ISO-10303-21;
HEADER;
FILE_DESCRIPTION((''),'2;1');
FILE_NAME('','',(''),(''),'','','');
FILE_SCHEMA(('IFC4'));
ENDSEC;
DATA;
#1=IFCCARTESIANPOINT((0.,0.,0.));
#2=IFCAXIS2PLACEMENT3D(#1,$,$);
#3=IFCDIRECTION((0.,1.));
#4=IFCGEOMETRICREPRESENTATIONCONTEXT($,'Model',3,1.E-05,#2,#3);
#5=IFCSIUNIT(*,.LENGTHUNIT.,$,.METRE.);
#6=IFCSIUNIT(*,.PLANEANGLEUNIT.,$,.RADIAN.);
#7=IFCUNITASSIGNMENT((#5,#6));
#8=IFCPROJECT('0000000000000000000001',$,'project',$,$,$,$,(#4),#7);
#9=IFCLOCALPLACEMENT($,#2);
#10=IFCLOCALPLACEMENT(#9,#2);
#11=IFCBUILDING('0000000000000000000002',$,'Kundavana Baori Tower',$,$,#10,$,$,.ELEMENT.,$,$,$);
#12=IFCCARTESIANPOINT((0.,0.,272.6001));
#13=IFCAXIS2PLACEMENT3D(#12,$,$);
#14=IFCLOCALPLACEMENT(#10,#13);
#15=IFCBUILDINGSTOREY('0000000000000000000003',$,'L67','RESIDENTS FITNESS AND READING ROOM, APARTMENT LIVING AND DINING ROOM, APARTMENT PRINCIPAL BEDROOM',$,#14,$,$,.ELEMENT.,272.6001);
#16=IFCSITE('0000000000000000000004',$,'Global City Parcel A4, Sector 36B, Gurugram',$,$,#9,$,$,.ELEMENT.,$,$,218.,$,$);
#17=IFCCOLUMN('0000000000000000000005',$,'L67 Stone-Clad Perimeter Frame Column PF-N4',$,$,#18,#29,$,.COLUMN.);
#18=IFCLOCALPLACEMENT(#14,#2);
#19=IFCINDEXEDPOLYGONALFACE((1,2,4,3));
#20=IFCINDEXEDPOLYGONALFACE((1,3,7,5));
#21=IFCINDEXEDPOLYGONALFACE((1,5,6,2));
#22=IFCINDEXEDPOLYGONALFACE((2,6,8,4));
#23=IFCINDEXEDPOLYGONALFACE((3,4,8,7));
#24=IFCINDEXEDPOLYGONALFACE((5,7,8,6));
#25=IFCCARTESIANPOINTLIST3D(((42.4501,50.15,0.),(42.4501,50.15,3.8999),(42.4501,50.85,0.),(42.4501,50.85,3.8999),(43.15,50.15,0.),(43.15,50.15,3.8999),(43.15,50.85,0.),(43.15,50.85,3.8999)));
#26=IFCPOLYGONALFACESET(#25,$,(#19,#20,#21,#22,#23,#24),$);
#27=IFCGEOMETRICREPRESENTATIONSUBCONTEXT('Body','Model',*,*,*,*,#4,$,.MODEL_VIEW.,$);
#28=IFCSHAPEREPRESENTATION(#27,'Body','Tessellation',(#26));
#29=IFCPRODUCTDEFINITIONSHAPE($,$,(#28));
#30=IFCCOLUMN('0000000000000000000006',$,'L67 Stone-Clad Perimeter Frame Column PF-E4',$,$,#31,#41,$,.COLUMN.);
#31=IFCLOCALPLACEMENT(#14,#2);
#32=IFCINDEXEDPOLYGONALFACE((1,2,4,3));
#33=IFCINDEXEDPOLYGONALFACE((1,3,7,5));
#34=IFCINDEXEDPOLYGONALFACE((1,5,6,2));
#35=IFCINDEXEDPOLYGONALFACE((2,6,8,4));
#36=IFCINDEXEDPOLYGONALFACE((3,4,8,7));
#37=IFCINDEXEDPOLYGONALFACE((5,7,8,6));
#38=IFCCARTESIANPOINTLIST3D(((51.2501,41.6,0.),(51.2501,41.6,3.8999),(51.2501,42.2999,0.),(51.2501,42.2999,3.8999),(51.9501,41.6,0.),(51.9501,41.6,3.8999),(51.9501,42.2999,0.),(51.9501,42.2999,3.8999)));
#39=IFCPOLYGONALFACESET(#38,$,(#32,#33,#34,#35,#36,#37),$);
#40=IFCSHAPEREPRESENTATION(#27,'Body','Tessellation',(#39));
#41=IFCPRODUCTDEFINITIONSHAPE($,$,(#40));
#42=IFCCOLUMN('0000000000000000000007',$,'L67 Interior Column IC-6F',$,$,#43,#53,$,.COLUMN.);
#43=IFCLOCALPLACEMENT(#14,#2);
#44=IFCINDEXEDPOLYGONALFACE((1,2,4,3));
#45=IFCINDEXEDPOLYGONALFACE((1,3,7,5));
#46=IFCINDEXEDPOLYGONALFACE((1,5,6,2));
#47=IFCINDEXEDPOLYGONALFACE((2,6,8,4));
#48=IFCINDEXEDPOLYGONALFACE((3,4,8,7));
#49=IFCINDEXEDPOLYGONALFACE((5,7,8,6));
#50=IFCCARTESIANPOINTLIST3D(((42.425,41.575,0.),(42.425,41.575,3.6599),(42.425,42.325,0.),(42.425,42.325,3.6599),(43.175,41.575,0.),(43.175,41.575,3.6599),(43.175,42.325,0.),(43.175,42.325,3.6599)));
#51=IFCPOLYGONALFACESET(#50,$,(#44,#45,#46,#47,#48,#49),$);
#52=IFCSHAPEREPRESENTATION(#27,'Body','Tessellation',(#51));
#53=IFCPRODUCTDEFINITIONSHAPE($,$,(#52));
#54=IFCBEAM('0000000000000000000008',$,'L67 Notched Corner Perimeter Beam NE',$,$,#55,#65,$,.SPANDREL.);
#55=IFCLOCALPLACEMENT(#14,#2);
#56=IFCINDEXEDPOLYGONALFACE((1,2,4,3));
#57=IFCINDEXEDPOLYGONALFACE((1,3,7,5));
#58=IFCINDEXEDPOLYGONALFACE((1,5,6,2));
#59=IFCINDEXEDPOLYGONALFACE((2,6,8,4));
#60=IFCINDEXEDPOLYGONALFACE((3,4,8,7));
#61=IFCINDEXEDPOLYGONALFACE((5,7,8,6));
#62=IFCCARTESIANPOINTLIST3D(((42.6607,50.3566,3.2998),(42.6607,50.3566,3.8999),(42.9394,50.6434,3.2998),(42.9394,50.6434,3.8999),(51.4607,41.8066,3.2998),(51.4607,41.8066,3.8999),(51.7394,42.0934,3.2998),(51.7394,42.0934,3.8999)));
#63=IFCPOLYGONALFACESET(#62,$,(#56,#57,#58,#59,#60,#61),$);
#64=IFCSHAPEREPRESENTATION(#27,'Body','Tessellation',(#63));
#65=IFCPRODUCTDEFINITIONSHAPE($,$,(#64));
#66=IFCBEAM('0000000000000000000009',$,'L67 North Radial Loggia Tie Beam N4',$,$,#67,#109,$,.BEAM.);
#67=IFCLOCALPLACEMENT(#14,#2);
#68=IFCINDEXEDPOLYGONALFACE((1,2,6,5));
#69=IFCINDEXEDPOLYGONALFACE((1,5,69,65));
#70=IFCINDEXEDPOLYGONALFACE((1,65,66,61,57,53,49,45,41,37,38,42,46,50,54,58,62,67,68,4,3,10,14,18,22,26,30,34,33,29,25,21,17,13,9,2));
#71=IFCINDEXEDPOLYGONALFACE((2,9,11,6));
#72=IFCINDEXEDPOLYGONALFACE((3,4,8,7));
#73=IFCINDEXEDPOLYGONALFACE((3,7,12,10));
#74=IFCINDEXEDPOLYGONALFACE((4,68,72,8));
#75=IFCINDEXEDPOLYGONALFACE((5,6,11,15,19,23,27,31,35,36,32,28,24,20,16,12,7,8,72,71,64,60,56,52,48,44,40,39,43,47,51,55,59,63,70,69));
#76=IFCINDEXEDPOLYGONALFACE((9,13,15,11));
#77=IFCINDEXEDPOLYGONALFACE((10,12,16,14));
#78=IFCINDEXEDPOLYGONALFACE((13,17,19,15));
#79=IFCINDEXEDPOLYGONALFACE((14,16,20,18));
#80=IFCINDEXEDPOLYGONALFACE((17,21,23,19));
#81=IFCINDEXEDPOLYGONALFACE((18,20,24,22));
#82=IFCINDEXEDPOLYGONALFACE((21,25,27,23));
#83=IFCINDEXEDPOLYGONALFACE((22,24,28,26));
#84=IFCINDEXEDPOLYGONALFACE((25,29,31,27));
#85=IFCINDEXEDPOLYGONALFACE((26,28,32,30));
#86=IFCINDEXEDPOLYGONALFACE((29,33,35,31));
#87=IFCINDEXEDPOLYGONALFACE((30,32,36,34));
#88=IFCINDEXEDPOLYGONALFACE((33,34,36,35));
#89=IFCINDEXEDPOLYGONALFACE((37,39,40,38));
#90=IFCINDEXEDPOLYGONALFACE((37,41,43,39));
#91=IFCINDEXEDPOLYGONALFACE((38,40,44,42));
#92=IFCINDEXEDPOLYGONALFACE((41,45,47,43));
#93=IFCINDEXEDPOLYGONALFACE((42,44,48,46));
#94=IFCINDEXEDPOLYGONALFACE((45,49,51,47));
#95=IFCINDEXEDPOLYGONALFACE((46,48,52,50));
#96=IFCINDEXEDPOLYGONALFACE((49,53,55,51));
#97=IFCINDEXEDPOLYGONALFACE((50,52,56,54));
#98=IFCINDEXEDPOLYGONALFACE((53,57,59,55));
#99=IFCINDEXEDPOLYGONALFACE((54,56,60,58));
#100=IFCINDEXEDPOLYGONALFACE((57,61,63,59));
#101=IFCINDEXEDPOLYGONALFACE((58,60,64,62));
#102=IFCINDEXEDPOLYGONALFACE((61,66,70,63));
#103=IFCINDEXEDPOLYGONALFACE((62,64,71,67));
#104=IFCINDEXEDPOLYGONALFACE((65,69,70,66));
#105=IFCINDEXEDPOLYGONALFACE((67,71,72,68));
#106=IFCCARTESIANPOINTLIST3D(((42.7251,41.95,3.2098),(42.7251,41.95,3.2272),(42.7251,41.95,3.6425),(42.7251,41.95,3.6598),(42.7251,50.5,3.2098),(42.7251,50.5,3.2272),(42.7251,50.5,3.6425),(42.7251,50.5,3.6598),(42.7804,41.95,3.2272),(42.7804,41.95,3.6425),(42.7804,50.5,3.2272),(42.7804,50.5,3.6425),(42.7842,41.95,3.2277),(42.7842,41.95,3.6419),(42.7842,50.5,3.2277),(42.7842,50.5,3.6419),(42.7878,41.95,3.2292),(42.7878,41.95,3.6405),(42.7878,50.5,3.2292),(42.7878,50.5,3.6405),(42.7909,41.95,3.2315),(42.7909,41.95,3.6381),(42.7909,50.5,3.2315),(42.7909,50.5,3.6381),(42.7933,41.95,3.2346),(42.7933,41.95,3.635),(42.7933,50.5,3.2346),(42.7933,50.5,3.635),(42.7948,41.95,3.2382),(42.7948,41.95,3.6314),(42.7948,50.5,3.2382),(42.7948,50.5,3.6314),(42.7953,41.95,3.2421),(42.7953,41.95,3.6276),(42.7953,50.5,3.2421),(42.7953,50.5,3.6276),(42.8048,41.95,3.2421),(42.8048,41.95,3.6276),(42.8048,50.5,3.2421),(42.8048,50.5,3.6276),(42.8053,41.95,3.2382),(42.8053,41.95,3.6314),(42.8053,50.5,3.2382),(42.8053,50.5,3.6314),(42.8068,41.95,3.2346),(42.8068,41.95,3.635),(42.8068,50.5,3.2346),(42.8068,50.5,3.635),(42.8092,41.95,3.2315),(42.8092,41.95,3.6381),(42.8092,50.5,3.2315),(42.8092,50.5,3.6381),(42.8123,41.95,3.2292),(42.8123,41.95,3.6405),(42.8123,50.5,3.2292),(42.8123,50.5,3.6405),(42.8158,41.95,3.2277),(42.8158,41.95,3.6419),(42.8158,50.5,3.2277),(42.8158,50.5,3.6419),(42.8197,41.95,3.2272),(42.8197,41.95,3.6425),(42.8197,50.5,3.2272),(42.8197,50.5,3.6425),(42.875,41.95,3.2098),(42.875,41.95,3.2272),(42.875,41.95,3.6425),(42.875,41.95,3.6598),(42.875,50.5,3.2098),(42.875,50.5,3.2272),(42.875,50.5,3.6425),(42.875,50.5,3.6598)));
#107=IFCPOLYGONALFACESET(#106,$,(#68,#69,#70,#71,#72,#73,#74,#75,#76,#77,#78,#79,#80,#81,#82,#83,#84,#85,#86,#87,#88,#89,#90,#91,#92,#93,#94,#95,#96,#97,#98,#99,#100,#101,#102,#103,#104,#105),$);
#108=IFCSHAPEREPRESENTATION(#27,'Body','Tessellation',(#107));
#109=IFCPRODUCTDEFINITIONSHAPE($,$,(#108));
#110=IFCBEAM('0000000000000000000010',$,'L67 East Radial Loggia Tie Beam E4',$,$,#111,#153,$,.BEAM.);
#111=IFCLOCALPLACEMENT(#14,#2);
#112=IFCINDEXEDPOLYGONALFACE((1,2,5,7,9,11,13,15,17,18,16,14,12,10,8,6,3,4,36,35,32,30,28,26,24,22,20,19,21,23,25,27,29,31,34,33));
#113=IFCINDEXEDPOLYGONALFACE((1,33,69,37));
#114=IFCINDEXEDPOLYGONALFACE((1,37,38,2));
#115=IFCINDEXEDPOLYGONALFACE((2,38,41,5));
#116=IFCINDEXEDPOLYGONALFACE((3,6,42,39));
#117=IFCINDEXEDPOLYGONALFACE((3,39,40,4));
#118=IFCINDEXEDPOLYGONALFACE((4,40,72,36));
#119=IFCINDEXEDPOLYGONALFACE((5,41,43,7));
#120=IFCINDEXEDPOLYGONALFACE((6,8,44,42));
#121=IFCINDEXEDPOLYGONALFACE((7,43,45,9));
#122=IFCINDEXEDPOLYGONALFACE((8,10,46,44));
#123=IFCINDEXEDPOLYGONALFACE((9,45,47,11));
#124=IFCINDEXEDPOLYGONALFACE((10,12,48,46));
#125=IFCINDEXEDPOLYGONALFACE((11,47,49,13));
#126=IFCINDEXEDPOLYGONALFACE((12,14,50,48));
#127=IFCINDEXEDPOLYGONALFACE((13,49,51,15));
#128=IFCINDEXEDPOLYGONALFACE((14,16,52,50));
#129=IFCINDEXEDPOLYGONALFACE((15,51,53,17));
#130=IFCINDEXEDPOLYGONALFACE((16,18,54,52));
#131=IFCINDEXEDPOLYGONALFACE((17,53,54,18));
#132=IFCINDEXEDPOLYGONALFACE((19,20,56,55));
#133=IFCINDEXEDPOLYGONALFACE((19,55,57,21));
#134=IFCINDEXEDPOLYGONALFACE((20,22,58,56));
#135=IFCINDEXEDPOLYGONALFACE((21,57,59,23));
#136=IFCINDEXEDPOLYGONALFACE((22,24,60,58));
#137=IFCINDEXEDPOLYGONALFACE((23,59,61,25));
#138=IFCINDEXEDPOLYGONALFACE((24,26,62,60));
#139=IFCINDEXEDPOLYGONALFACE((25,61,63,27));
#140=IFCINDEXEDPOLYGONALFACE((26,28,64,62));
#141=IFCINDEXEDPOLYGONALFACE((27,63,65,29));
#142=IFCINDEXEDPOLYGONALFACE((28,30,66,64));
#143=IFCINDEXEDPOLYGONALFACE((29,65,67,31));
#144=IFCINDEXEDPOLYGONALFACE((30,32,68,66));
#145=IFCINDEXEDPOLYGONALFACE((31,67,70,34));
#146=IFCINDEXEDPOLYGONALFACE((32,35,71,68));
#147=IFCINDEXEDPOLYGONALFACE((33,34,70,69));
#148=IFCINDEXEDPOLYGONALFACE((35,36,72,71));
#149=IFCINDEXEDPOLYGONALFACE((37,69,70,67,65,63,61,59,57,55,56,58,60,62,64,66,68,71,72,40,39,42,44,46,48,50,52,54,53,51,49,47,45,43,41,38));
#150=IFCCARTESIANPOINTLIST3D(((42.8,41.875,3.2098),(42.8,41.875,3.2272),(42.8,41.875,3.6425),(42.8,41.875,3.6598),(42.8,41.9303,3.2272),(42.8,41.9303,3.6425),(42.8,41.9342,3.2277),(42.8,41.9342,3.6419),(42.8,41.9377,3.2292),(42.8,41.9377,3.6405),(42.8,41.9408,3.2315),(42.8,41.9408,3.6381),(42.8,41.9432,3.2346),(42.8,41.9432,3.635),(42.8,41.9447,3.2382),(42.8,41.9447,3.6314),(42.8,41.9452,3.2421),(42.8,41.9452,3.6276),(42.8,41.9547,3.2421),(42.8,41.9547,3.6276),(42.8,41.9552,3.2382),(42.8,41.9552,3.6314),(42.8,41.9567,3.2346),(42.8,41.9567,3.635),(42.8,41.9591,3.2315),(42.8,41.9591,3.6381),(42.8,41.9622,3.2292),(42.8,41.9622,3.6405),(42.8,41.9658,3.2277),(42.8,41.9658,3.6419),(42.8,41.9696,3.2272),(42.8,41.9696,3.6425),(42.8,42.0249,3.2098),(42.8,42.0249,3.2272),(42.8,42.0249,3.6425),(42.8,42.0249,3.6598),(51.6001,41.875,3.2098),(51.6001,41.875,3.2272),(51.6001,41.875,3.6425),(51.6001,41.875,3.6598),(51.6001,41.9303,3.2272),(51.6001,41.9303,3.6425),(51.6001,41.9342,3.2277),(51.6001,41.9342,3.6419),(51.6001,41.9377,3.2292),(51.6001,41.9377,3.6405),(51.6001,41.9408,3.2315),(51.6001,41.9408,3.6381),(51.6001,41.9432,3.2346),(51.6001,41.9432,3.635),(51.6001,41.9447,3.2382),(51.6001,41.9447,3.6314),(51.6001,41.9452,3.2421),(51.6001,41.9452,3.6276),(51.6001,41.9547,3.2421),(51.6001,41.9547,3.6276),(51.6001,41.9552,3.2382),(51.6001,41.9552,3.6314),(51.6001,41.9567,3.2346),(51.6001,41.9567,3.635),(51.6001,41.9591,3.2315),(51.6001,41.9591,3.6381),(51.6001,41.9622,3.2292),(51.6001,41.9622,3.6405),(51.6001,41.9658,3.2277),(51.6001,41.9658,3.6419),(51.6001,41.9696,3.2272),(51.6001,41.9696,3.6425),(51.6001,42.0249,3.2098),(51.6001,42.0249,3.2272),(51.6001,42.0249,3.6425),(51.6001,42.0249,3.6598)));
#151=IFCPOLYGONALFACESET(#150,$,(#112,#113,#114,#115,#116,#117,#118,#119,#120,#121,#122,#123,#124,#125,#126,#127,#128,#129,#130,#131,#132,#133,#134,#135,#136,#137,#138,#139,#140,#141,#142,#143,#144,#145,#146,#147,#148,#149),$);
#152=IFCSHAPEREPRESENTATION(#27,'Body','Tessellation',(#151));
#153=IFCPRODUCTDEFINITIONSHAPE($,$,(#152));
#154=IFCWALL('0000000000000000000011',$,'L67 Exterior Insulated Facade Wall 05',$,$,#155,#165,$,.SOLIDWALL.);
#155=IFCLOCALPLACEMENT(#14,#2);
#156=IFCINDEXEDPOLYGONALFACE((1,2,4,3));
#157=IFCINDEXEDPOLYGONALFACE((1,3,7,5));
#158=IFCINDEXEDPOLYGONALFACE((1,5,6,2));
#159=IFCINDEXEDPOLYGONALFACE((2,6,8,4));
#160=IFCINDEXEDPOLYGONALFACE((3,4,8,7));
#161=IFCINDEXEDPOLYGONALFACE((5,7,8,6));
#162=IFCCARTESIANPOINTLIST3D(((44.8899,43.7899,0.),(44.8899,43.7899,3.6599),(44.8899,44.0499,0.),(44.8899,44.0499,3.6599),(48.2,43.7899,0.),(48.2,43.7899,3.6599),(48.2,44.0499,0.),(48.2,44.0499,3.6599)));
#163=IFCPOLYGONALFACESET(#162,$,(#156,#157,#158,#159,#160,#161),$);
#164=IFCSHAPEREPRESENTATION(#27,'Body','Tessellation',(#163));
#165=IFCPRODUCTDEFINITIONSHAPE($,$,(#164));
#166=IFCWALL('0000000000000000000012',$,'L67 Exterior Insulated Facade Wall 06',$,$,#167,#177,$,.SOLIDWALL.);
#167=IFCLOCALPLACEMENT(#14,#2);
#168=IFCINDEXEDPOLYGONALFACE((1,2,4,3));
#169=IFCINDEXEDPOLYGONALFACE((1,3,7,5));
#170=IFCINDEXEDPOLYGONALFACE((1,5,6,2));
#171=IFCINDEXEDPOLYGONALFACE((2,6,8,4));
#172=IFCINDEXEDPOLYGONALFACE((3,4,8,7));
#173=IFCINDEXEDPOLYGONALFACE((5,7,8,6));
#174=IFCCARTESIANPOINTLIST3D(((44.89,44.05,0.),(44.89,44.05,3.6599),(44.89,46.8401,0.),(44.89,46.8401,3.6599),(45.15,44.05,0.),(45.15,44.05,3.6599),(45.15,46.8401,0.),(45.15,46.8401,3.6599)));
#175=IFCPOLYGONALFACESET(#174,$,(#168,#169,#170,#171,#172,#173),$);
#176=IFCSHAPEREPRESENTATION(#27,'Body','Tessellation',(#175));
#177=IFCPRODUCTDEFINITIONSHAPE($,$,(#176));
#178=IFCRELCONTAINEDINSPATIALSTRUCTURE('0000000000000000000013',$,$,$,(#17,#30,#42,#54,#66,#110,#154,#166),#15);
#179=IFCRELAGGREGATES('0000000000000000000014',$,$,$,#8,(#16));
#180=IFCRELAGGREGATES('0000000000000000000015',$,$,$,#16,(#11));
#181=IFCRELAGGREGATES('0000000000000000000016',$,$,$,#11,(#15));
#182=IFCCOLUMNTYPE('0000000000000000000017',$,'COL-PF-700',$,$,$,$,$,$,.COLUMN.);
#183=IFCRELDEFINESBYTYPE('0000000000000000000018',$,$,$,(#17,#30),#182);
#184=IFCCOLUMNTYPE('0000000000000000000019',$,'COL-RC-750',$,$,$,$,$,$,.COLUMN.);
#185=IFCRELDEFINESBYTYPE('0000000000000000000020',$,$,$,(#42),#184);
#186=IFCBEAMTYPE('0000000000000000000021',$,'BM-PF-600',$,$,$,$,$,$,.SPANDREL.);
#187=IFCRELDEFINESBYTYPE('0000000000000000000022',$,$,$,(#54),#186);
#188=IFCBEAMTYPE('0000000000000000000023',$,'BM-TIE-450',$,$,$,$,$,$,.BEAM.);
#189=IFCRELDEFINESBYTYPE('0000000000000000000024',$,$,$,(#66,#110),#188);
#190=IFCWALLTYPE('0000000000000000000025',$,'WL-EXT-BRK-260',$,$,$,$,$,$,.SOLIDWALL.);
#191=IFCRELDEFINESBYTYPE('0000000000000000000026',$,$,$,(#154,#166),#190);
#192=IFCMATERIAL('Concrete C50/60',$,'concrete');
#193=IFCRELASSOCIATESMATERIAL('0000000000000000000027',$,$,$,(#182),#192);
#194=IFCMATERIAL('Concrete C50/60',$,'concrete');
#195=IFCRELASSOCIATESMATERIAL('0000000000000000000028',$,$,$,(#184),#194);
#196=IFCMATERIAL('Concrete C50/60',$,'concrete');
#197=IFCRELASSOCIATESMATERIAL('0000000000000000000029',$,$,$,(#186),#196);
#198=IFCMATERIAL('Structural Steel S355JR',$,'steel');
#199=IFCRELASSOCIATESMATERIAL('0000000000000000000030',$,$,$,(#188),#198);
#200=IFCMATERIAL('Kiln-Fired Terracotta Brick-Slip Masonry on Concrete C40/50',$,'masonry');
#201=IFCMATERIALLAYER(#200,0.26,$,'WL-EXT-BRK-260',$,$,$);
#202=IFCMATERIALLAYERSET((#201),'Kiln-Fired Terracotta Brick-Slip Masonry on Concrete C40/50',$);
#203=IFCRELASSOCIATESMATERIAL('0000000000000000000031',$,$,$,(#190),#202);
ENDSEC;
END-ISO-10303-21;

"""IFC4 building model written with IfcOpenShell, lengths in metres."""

from ifc_helpers import new_model, si_unit, direction, frame, frame_2d, origin, origin_2d, place, context, subcontext, project, spatial, rectangle, i_section, extrude, material, layer, layer_set, material_profile, profile_set, type_object, element, save


model = new_model("IFC4")

# Units and contexts
model_context = context("Model", 3, precision=1e-05, world=origin(), true_north=direction((0.0, 1.0)))
body_context = subcontext(model_context, "Body", "Model", "MODEL_VIEW")
ifc_project = project(units=[si_unit("LENGTHUNIT", "METRE"), si_unit("PLANEANGLEUNIT", "RADIAN")], contexts=[model_context])

# Site, building, storey
site_placement = place(None, origin())
site = spatial("IfcSite", under=ifc_project, at=site_placement, Name="Global City Parcel A4, Sector 36B, Gurugram", CompositionType="ELEMENT", RefElevation=218.0)
building_placement = place(site_placement, origin())
building = spatial("IfcBuilding", under=site, at=building_placement, Name="Kundavana Baori Tower", CompositionType="ELEMENT")
storey_placement = place(building_placement, frame((0.0, 0.0, 272.6001)))
storey = spatial("IfcBuildingStorey", under=building, at=storey_placement, Name="L67", Description="RESIDENTS FITNESS AND READING ROOM, APARTMENT LIVING AND DINING ROOM, APARTMENT PRINCIPAL BEDROOM", CompositionType="ELEMENT", Elevation=272.6001)

# Columns
ifc_material_1 = material(Name="Concrete C50/60", Category="concrete")
ifc_material_profile_1 = material_profile(ifc_material_1, rectangle(XDim=0.7, YDim=0.7, at=origin_2d()), Name="RC PF 700x700")
ifc_profile_set_1 = profile_set([ifc_material_profile_1], Name="Concrete C50/60")
column_type_1 = type_object("IfcColumnType", Name="COL-PF-700", PredefinedType="COLUMN", material=ifc_profile_set_1)
for number, where, z_axis, x_axis, name in (
    (1, (42.8, 50.5, 0.0), (0.0, 0.0, 1.0), (1.0, 0.0, 0.0), "L67 Stone-Clad Perimeter Frame Column PF-N4"),
    (2, (51.6001, 41.95, 0.0), (0.0, 0.0, 1.0), (1.0, 0.0, 0.0), "L67 Stone-Clad Perimeter Frame Column PF-E4"),
):
    element("IfcColumn", number, at=place(storey_placement, frame(where, z_axis=z_axis, x_axis=x_axis)), inside=storey, type_object=column_type_1, Name=name, PredefinedType="COLUMN", context=body_context, shape_type="SweptSolid", body=[
        extrude(rectangle(XDim=0.7, YDim=0.7, at=origin_2d()), origin(), (0.0, 0.0, 1.0), 3.8999),
    ])
ifc_material_2 = material(Name="Concrete C50/60", Category="concrete")
ifc_material_profile_2 = material_profile(ifc_material_2, rectangle(XDim=0.75, YDim=0.75, at=origin_2d()), Name="RC 750x750")
ifc_profile_set_2 = profile_set([ifc_material_profile_2], Name="Concrete C50/60")
column_type_2 = type_object("IfcColumnType", Name="COL-RC-750", PredefinedType="COLUMN", material=ifc_profile_set_2)
column_placement = place(storey_placement, frame((42.8, 41.95, 0.0), z_axis=(0.0, 0.0, 1.0), x_axis=(1.0, 0.0, 0.0)))
element("IfcColumn", 3, at=column_placement, inside=storey, type_object=column_type_2, Name="L67 Interior Column IC-6F", PredefinedType="COLUMN", context=body_context, shape_type="SweptSolid", body=[
    extrude(rectangle(XDim=0.75, YDim=0.75, at=origin_2d()), origin(), (0.0, 0.0, 1.0), 3.6599),
])

# Beams
ifc_material_3 = material(Name="Concrete C50/60", Category="concrete")
ifc_material_profile_3 = material_profile(ifc_material_3, rectangle(XDim=0.3999, YDim=0.6001, at=origin_2d()), Name="RC BM 400x600")
ifc_profile_set_3 = profile_set([ifc_material_profile_3], Name="Concrete C50/60")
beam_type_1 = type_object("IfcBeamType", Name="BM-PF-600", PredefinedType="SPANDREL", material=ifc_profile_set_3)
beam_1_placement = place(storey_placement, frame((42.8, 50.5, 3.5999), z_axis=(0.717221, -0.696846, 0.0), x_axis=(0.696846, 0.717221, 0.0)))
element("IfcBeam", 4, at=beam_1_placement, inside=storey, type_object=beam_type_1, Name="L67 Notched Corner Perimeter Beam NE", PredefinedType="SPANDREL", context=body_context, shape_type="SweptSolid", body=[
    extrude(rectangle(XDim=0.3999, YDim=0.6001, at=origin_2d()), origin(), (0.0, 0.0, 1.0), 12.2695),
])
ifc_material_4 = material(Name="Structural Steel S355JR", Category="steel")
ifc_material_profile_4 = material_profile(ifc_material_4, i_section(OverallWidth=0.1499, OverallDepth=0.45, WebThickness=0.0095, FlangeThickness=0.0173, FilletRadius=0.0149, at=origin_2d()), Name="ISMB 450")
ifc_profile_set_4 = profile_set([ifc_material_profile_4], Name="Structural Steel S355JR")
beam_type_2 = type_object("IfcBeamType", Name="BM-TIE-450", PredefinedType="BEAM", material=ifc_profile_set_4)
beam_2_placement = place(storey_placement, frame((42.8, 41.95, 3.4348), z_axis=(0.0, 1.0, 0.0), x_axis=(-1.0, 0.0, 0.0)))
element("IfcBeam", 5, at=beam_2_placement, inside=storey, type_object=beam_type_2, Name="L67 North Radial Loggia Tie Beam N4", PredefinedType="BEAM", context=body_context, shape_type="SweptSolid", body=[
    extrude(i_section(OverallWidth=0.1499, OverallDepth=0.45, WebThickness=0.0095, FlangeThickness=0.0173, FilletRadius=0.0149, at=origin_2d()), origin(), (0.0, 0.0, 1.0), 8.55),
])
beam_3_placement = place(storey_placement, frame((42.8, 41.95, 3.4348), z_axis=(1.0, 0.0, 0.0), x_axis=(0.0, 1.0, 0.0)))
element("IfcBeam", 6, at=beam_3_placement, inside=storey, type_object=beam_type_2, Name="L67 East Radial Loggia Tie Beam E4", PredefinedType="BEAM", context=body_context, shape_type="SweptSolid", body=[
    extrude(i_section(OverallWidth=0.1499, OverallDepth=0.45, WebThickness=0.0095, FlangeThickness=0.0173, FilletRadius=0.0149, at=origin_2d()), origin(), (0.0, 0.0, 1.0), 8.8),
])

# Walls
ifc_material_5 = material(Name="Kiln-Fired Terracotta Brick-Slip Masonry on Concrete C40/50", Category="masonry")
ifc_layer_1 = layer(ifc_material_5, 0.26, Name="WL-EXT-BRK-260")
ifc_layer_set_1 = layer_set([ifc_layer_1], Name="Kiln-Fired Terracotta Brick-Slip Masonry on Concrete C40/50")
wall_type_1 = type_object("IfcWallType", Name="WL-EXT-BRK-260", PredefinedType="SOLIDWALL", material=ifc_layer_set_1)
wall_1_placement = place(storey_placement, frame((48.2, 43.9199, 0.0), z_axis=(0.0, 0.0, 1.0), x_axis=(-1.0, 0.0, 0.0)))
element("IfcWall", 7, at=wall_1_placement, inside=storey, type_object=wall_type_1, Name="L67 Exterior Insulated Facade Wall 05", PredefinedType="SOLIDWALL", context=body_context, shape_type="SweptSolid", body=[
    extrude(rectangle(XDim=3.3101, YDim=0.26, at=frame_2d((1.655, 0.0))), origin(), (0.0, 0.0, 1.0), 3.6599),
])
wall_2_placement = place(storey_placement, frame((45.02, 44.05, 0.0), z_axis=(0.0, 0.0, 1.0), x_axis=(0.0, 1.0, 0.0)))
element("IfcWall", 8, at=wall_2_placement, inside=storey, type_object=wall_type_1, Name="L67 Exterior Insulated Facade Wall 06", PredefinedType="SOLIDWALL", context=body_context, shape_type="SweptSolid", body=[
    extrude(rectangle(XDim=2.79, YDim=0.26, at=frame_2d((1.395, 0.0))), origin(), (0.0, 0.0, 1.0), 3.6599),
])

save(model, "model.ifc")
